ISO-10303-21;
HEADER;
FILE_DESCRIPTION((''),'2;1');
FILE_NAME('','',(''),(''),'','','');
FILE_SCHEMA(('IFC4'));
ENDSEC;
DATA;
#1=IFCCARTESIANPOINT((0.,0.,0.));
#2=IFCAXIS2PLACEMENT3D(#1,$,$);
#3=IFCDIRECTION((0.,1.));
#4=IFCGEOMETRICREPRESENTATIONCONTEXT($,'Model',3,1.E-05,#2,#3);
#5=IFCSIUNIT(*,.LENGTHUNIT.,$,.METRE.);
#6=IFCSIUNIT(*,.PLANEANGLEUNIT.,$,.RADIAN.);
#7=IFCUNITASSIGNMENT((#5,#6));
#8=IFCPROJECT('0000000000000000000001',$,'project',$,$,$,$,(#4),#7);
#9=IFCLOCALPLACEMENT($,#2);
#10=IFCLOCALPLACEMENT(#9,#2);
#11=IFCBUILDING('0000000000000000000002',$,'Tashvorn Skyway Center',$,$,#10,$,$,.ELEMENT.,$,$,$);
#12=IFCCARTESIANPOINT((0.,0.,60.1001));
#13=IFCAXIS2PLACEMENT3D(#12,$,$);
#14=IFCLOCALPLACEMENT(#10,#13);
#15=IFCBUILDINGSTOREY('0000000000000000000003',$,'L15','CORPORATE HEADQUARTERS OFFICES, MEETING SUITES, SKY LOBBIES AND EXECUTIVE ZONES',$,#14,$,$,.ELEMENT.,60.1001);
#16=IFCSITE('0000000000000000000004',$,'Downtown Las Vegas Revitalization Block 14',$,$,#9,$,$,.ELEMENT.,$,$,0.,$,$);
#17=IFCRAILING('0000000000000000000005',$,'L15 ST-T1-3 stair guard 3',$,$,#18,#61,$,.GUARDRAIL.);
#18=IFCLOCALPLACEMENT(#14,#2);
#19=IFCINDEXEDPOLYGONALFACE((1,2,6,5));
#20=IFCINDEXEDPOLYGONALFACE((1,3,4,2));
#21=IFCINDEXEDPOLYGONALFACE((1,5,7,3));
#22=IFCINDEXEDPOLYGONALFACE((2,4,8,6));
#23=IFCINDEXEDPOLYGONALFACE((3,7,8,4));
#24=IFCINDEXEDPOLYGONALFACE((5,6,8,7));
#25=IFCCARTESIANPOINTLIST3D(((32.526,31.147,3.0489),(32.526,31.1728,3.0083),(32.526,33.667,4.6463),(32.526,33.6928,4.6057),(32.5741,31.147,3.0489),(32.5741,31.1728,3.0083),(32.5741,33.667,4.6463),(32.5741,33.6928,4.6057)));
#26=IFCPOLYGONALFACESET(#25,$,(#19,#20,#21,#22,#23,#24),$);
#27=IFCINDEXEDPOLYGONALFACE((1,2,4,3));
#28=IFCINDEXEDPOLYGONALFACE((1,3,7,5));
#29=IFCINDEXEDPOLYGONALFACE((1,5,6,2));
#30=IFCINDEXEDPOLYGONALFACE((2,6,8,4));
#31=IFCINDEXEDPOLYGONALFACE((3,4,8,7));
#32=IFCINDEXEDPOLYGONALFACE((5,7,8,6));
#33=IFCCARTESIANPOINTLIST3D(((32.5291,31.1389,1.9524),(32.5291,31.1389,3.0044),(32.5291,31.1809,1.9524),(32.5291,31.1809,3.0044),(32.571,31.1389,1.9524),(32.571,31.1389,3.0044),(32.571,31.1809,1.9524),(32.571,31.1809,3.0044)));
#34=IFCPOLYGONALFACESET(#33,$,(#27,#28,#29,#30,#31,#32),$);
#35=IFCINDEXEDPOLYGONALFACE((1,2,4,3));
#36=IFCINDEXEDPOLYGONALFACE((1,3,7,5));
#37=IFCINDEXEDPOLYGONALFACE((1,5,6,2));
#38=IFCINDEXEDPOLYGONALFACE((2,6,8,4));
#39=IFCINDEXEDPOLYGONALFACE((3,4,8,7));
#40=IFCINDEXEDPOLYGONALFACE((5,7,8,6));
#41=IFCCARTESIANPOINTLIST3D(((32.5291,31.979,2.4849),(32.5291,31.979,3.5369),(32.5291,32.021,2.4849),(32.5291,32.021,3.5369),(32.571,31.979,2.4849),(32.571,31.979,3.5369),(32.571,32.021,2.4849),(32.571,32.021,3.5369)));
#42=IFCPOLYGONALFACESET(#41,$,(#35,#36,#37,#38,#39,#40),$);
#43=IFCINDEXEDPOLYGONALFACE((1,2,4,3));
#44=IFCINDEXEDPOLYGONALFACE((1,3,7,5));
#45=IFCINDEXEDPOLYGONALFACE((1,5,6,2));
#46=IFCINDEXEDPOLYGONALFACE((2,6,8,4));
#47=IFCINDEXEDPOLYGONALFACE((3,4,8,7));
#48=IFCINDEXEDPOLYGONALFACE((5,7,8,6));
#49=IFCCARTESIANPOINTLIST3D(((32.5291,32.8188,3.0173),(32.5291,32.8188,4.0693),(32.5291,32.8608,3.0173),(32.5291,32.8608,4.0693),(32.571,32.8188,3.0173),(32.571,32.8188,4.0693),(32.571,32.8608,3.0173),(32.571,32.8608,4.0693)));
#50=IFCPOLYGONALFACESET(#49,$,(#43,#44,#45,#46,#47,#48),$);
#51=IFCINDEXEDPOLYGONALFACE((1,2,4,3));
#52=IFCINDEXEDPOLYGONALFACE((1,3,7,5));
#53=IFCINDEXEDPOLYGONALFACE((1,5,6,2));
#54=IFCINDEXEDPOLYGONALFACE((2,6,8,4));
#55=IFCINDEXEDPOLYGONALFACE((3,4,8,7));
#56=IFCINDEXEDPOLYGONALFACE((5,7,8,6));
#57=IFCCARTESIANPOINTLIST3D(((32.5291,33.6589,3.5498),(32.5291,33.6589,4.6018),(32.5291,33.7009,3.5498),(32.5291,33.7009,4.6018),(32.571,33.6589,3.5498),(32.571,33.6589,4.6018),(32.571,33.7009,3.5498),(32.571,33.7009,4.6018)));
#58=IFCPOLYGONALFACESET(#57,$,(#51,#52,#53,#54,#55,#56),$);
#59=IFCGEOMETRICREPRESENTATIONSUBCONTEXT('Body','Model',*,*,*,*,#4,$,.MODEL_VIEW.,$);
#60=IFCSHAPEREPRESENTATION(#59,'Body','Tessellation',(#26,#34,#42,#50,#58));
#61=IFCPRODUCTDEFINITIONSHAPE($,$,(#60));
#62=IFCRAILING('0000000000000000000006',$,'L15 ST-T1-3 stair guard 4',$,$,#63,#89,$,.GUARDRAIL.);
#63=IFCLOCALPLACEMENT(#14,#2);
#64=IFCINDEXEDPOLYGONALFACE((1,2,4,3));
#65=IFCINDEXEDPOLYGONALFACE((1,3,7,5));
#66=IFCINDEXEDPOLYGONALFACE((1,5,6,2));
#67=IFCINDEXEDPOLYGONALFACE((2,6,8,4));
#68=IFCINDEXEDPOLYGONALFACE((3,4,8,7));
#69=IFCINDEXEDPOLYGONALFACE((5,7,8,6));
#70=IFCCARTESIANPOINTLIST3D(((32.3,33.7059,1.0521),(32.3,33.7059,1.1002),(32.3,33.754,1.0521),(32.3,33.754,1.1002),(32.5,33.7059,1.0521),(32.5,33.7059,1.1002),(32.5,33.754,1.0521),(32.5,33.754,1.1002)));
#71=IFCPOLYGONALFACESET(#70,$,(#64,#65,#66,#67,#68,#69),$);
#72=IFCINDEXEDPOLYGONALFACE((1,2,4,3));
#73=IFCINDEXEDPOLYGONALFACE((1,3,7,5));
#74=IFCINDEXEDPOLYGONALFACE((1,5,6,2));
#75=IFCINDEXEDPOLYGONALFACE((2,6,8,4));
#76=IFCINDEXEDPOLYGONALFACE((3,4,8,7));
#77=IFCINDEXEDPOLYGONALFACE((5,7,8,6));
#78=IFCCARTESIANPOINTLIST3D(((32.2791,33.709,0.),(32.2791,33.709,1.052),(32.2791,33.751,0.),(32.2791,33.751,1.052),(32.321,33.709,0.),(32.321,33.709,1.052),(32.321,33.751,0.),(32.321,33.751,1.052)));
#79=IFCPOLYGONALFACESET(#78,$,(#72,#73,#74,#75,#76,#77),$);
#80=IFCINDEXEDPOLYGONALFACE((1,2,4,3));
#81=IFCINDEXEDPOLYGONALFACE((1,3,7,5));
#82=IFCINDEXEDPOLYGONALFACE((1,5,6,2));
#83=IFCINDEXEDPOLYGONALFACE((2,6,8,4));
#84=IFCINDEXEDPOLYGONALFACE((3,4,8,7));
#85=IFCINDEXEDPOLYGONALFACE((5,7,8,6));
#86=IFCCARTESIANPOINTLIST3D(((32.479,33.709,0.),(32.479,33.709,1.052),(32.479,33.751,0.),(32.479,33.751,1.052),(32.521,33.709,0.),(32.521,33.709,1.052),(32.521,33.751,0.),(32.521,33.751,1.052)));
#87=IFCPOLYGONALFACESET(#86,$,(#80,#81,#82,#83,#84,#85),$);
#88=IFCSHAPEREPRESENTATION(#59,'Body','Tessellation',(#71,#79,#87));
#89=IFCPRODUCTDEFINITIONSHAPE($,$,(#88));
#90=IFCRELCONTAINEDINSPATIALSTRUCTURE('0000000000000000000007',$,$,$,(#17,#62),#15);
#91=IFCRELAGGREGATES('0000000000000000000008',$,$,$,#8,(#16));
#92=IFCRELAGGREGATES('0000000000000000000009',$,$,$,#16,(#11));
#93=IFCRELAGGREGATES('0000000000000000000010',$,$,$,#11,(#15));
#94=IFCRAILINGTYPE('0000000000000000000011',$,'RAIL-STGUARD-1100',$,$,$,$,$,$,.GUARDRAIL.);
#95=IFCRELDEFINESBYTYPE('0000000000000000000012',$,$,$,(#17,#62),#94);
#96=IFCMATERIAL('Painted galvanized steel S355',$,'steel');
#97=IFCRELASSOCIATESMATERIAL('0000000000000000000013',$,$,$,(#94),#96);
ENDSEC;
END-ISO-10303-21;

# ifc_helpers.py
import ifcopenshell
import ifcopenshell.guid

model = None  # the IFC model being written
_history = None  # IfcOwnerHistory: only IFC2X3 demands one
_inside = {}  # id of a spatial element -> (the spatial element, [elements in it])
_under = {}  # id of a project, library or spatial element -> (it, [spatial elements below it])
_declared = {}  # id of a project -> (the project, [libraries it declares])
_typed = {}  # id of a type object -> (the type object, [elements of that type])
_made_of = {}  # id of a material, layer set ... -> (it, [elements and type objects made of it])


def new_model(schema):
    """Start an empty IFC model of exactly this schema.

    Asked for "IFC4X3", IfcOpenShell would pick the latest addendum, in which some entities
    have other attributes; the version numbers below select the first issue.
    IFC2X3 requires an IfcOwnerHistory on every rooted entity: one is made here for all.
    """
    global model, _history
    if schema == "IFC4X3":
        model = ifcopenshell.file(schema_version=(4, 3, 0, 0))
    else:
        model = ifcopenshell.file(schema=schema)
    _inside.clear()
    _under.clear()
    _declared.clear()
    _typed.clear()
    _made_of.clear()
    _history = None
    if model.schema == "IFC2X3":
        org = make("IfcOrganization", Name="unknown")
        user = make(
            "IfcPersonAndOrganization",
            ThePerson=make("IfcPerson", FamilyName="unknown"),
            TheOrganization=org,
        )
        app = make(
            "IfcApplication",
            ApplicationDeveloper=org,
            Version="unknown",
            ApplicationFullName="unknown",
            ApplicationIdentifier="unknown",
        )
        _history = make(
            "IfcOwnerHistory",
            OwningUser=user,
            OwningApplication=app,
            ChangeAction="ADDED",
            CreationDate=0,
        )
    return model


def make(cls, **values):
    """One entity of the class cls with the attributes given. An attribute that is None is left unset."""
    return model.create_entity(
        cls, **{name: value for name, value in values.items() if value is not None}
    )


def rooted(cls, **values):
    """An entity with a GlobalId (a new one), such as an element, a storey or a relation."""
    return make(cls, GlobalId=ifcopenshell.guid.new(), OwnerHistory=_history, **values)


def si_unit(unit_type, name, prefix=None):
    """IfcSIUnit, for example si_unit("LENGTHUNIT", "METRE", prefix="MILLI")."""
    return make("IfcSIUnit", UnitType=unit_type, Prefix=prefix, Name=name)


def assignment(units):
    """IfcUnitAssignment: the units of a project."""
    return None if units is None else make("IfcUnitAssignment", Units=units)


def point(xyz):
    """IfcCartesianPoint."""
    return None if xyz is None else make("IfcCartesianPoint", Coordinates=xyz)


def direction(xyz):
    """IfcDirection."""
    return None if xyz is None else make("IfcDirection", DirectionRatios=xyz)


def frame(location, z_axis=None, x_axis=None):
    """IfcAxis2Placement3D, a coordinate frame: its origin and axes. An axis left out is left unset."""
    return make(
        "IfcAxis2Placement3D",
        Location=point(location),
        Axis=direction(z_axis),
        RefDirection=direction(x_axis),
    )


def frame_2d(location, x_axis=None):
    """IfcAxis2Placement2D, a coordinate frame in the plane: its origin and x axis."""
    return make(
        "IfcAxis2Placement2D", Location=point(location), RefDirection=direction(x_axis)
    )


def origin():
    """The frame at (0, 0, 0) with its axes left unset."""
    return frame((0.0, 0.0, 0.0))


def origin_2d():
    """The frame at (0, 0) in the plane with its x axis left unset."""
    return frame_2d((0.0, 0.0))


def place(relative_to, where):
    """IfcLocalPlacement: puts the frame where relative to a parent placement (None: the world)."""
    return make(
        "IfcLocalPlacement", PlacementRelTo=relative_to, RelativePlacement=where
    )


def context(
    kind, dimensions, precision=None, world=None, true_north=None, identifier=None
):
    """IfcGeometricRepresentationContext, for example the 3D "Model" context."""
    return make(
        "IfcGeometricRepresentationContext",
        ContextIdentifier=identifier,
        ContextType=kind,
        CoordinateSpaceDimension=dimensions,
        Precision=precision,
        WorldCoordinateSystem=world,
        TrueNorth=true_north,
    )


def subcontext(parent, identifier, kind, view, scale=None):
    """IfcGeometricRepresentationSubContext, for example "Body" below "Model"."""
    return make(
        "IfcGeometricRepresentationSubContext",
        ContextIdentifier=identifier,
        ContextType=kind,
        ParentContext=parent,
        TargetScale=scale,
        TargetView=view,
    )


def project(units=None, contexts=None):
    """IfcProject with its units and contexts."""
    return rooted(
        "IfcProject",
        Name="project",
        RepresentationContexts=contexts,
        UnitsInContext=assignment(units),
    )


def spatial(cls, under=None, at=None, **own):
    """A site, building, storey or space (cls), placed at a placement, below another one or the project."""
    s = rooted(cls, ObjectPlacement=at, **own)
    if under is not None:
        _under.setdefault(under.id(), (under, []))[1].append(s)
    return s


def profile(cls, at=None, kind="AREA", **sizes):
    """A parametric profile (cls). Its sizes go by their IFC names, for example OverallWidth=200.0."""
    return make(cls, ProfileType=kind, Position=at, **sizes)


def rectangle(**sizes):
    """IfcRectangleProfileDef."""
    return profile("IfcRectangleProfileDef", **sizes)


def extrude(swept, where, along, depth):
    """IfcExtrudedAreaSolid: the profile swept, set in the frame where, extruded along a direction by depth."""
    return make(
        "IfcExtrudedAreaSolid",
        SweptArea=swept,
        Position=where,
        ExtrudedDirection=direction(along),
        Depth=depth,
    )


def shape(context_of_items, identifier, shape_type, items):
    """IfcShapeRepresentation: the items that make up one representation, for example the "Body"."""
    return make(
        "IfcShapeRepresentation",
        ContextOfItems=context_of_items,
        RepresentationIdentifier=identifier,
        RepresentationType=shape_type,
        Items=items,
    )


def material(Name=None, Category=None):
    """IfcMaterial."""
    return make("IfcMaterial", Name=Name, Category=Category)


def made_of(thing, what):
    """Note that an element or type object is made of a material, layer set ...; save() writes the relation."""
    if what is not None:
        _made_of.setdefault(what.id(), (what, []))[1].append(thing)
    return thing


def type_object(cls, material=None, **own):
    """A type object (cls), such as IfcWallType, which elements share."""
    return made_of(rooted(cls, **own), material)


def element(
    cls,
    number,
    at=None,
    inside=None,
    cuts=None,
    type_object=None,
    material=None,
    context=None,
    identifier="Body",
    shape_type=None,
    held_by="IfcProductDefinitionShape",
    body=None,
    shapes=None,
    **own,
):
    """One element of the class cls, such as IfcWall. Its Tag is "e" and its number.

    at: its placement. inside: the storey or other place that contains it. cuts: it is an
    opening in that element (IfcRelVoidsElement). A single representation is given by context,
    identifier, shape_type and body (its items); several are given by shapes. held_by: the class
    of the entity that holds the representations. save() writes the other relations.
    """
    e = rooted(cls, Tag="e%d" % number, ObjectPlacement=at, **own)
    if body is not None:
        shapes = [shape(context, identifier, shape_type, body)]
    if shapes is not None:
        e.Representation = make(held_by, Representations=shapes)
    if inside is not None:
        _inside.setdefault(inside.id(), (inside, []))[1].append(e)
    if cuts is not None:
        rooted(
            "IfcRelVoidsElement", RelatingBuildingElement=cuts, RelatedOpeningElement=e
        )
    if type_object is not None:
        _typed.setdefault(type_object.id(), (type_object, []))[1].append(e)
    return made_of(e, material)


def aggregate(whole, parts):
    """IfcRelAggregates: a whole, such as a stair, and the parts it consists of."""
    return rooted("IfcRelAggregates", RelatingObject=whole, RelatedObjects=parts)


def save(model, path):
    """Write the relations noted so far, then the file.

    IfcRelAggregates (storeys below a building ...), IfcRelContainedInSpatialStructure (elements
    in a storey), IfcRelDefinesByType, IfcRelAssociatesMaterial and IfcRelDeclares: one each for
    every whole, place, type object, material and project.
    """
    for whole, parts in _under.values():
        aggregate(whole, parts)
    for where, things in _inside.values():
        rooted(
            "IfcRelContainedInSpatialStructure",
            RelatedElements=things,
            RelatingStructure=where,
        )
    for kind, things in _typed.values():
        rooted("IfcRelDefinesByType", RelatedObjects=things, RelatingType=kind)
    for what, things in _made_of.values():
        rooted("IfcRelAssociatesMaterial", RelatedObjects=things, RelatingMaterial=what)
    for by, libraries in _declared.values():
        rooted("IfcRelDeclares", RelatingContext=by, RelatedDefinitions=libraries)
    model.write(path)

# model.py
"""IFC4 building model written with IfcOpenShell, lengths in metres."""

from ifc_helpers import new_model, si_unit, direction, frame, origin, origin_2d, place, context, subcontext, project, spatial, rectangle, extrude, material, type_object, element, save


model = new_model("IFC4")

# Units and contexts
model_context = context("Model", 3, precision=1e-05, world=origin(), true_north=direction((0.0, 1.0)))
body_context = subcontext(model_context, "Body", "Model", "MODEL_VIEW")
ifc_project = project(units=[si_unit("LENGTHUNIT", "METRE"), si_unit("PLANEANGLEUNIT", "RADIAN")], contexts=[model_context])

# Site, building, storey
site_placement = place(None, origin())
site = spatial("IfcSite", under=ifc_project, at=site_placement, Name="Downtown Las Vegas Revitalization Block 14", CompositionType="ELEMENT", RefElevation=0.0)
building_placement = place(site_placement, origin())
building = spatial("IfcBuilding", under=site, at=building_placement, Name="Tashvorn Skyway Center", CompositionType="ELEMENT")
storey_placement = place(building_placement, frame((0.0, 0.0, 60.1001)))
storey = spatial("IfcBuildingStorey", under=building, at=storey_placement, Name="L15", Description="CORPORATE HEADQUARTERS OFFICES, MEETING SUITES, SKY LOBBIES AND EXECUTIVE ZONES", CompositionType="ELEMENT", Elevation=60.1001)

# Railings
ifc_material_1 = material(Name="Painted galvanized steel S355", Category="steel")
railing_type_1 = type_object("IfcRailingType", Name="RAIL-STGUARD-1100", PredefinedType="GUARDRAIL", material=ifc_material_1)
railing_1_placement = place(storey_placement, frame((32.55, 31.1599, 1.9524)))
element("IfcRailing", 1, at=railing_1_placement, inside=storey, type_object=railing_type_1, Name="L15 ST-T1-3 stair guard 3", PredefinedType="GUARDRAIL", context=body_context, shape_type="SweptSolid", body=[
    extrude(rectangle(XDim=0.0481, YDim=0.0481, at=origin_2d()), frame((0.0, 0.0, 1.0762), z_axis=(0.0, 0.844607, 0.535387), x_axis=(-1.0, 0.0, 0.0)), (0.0, 0.0, 1.0), 2.9836),
    extrude(rectangle(XDim=0.042, YDim=0.042, at=origin_2d()), origin(), (0.0, 0.0, 1.0), 1.052),
    extrude(rectangle(XDim=0.042, YDim=0.042, at=origin_2d()), frame((0.0, 0.8401, 0.5325)), (0.0, 0.0, 1.0), 1.052),
    extrude(rectangle(XDim=0.042, YDim=0.042, at=origin_2d()), frame((0.0, 1.6799, 1.0649)), (0.0, 0.0, 1.0), 1.052),
    extrude(rectangle(XDim=0.042, YDim=0.042, at=origin_2d()), frame((0.0, 2.52, 1.5974)), (0.0, 0.0, 1.0), 1.052),
])
railing_2_placement = place(storey_placement, frame((32.3, 33.73, 0.0)))
element("IfcRailing", 2, at=railing_2_placement, inside=storey, type_object=railing_type_1, Name="L15 ST-T1-3 stair guard 4", PredefinedType="GUARDRAIL", context=body_context, shape_type="SweptSolid", body=[
    extrude(rectangle(XDim=0.0481, YDim=0.0481, at=origin_2d()), frame((0.0, 0.0, 1.0762), z_axis=(1.0, 0.0, 0.0), x_axis=(0.0, 1.0, 0.0)), (0.0, 0.0, 1.0), 0.2),
    extrude(rectangle(XDim=0.042, YDim=0.042, at=origin_2d()), origin(), (0.0, 0.0, 1.0), 1.052),
    extrude(rectangle(XDim=0.042, YDim=0.042, at=origin_2d()), frame((0.2, 0.0, 0.0)), (0.0, 0.0, 1.0), 1.052),
])

save(model, "model.ifc")
